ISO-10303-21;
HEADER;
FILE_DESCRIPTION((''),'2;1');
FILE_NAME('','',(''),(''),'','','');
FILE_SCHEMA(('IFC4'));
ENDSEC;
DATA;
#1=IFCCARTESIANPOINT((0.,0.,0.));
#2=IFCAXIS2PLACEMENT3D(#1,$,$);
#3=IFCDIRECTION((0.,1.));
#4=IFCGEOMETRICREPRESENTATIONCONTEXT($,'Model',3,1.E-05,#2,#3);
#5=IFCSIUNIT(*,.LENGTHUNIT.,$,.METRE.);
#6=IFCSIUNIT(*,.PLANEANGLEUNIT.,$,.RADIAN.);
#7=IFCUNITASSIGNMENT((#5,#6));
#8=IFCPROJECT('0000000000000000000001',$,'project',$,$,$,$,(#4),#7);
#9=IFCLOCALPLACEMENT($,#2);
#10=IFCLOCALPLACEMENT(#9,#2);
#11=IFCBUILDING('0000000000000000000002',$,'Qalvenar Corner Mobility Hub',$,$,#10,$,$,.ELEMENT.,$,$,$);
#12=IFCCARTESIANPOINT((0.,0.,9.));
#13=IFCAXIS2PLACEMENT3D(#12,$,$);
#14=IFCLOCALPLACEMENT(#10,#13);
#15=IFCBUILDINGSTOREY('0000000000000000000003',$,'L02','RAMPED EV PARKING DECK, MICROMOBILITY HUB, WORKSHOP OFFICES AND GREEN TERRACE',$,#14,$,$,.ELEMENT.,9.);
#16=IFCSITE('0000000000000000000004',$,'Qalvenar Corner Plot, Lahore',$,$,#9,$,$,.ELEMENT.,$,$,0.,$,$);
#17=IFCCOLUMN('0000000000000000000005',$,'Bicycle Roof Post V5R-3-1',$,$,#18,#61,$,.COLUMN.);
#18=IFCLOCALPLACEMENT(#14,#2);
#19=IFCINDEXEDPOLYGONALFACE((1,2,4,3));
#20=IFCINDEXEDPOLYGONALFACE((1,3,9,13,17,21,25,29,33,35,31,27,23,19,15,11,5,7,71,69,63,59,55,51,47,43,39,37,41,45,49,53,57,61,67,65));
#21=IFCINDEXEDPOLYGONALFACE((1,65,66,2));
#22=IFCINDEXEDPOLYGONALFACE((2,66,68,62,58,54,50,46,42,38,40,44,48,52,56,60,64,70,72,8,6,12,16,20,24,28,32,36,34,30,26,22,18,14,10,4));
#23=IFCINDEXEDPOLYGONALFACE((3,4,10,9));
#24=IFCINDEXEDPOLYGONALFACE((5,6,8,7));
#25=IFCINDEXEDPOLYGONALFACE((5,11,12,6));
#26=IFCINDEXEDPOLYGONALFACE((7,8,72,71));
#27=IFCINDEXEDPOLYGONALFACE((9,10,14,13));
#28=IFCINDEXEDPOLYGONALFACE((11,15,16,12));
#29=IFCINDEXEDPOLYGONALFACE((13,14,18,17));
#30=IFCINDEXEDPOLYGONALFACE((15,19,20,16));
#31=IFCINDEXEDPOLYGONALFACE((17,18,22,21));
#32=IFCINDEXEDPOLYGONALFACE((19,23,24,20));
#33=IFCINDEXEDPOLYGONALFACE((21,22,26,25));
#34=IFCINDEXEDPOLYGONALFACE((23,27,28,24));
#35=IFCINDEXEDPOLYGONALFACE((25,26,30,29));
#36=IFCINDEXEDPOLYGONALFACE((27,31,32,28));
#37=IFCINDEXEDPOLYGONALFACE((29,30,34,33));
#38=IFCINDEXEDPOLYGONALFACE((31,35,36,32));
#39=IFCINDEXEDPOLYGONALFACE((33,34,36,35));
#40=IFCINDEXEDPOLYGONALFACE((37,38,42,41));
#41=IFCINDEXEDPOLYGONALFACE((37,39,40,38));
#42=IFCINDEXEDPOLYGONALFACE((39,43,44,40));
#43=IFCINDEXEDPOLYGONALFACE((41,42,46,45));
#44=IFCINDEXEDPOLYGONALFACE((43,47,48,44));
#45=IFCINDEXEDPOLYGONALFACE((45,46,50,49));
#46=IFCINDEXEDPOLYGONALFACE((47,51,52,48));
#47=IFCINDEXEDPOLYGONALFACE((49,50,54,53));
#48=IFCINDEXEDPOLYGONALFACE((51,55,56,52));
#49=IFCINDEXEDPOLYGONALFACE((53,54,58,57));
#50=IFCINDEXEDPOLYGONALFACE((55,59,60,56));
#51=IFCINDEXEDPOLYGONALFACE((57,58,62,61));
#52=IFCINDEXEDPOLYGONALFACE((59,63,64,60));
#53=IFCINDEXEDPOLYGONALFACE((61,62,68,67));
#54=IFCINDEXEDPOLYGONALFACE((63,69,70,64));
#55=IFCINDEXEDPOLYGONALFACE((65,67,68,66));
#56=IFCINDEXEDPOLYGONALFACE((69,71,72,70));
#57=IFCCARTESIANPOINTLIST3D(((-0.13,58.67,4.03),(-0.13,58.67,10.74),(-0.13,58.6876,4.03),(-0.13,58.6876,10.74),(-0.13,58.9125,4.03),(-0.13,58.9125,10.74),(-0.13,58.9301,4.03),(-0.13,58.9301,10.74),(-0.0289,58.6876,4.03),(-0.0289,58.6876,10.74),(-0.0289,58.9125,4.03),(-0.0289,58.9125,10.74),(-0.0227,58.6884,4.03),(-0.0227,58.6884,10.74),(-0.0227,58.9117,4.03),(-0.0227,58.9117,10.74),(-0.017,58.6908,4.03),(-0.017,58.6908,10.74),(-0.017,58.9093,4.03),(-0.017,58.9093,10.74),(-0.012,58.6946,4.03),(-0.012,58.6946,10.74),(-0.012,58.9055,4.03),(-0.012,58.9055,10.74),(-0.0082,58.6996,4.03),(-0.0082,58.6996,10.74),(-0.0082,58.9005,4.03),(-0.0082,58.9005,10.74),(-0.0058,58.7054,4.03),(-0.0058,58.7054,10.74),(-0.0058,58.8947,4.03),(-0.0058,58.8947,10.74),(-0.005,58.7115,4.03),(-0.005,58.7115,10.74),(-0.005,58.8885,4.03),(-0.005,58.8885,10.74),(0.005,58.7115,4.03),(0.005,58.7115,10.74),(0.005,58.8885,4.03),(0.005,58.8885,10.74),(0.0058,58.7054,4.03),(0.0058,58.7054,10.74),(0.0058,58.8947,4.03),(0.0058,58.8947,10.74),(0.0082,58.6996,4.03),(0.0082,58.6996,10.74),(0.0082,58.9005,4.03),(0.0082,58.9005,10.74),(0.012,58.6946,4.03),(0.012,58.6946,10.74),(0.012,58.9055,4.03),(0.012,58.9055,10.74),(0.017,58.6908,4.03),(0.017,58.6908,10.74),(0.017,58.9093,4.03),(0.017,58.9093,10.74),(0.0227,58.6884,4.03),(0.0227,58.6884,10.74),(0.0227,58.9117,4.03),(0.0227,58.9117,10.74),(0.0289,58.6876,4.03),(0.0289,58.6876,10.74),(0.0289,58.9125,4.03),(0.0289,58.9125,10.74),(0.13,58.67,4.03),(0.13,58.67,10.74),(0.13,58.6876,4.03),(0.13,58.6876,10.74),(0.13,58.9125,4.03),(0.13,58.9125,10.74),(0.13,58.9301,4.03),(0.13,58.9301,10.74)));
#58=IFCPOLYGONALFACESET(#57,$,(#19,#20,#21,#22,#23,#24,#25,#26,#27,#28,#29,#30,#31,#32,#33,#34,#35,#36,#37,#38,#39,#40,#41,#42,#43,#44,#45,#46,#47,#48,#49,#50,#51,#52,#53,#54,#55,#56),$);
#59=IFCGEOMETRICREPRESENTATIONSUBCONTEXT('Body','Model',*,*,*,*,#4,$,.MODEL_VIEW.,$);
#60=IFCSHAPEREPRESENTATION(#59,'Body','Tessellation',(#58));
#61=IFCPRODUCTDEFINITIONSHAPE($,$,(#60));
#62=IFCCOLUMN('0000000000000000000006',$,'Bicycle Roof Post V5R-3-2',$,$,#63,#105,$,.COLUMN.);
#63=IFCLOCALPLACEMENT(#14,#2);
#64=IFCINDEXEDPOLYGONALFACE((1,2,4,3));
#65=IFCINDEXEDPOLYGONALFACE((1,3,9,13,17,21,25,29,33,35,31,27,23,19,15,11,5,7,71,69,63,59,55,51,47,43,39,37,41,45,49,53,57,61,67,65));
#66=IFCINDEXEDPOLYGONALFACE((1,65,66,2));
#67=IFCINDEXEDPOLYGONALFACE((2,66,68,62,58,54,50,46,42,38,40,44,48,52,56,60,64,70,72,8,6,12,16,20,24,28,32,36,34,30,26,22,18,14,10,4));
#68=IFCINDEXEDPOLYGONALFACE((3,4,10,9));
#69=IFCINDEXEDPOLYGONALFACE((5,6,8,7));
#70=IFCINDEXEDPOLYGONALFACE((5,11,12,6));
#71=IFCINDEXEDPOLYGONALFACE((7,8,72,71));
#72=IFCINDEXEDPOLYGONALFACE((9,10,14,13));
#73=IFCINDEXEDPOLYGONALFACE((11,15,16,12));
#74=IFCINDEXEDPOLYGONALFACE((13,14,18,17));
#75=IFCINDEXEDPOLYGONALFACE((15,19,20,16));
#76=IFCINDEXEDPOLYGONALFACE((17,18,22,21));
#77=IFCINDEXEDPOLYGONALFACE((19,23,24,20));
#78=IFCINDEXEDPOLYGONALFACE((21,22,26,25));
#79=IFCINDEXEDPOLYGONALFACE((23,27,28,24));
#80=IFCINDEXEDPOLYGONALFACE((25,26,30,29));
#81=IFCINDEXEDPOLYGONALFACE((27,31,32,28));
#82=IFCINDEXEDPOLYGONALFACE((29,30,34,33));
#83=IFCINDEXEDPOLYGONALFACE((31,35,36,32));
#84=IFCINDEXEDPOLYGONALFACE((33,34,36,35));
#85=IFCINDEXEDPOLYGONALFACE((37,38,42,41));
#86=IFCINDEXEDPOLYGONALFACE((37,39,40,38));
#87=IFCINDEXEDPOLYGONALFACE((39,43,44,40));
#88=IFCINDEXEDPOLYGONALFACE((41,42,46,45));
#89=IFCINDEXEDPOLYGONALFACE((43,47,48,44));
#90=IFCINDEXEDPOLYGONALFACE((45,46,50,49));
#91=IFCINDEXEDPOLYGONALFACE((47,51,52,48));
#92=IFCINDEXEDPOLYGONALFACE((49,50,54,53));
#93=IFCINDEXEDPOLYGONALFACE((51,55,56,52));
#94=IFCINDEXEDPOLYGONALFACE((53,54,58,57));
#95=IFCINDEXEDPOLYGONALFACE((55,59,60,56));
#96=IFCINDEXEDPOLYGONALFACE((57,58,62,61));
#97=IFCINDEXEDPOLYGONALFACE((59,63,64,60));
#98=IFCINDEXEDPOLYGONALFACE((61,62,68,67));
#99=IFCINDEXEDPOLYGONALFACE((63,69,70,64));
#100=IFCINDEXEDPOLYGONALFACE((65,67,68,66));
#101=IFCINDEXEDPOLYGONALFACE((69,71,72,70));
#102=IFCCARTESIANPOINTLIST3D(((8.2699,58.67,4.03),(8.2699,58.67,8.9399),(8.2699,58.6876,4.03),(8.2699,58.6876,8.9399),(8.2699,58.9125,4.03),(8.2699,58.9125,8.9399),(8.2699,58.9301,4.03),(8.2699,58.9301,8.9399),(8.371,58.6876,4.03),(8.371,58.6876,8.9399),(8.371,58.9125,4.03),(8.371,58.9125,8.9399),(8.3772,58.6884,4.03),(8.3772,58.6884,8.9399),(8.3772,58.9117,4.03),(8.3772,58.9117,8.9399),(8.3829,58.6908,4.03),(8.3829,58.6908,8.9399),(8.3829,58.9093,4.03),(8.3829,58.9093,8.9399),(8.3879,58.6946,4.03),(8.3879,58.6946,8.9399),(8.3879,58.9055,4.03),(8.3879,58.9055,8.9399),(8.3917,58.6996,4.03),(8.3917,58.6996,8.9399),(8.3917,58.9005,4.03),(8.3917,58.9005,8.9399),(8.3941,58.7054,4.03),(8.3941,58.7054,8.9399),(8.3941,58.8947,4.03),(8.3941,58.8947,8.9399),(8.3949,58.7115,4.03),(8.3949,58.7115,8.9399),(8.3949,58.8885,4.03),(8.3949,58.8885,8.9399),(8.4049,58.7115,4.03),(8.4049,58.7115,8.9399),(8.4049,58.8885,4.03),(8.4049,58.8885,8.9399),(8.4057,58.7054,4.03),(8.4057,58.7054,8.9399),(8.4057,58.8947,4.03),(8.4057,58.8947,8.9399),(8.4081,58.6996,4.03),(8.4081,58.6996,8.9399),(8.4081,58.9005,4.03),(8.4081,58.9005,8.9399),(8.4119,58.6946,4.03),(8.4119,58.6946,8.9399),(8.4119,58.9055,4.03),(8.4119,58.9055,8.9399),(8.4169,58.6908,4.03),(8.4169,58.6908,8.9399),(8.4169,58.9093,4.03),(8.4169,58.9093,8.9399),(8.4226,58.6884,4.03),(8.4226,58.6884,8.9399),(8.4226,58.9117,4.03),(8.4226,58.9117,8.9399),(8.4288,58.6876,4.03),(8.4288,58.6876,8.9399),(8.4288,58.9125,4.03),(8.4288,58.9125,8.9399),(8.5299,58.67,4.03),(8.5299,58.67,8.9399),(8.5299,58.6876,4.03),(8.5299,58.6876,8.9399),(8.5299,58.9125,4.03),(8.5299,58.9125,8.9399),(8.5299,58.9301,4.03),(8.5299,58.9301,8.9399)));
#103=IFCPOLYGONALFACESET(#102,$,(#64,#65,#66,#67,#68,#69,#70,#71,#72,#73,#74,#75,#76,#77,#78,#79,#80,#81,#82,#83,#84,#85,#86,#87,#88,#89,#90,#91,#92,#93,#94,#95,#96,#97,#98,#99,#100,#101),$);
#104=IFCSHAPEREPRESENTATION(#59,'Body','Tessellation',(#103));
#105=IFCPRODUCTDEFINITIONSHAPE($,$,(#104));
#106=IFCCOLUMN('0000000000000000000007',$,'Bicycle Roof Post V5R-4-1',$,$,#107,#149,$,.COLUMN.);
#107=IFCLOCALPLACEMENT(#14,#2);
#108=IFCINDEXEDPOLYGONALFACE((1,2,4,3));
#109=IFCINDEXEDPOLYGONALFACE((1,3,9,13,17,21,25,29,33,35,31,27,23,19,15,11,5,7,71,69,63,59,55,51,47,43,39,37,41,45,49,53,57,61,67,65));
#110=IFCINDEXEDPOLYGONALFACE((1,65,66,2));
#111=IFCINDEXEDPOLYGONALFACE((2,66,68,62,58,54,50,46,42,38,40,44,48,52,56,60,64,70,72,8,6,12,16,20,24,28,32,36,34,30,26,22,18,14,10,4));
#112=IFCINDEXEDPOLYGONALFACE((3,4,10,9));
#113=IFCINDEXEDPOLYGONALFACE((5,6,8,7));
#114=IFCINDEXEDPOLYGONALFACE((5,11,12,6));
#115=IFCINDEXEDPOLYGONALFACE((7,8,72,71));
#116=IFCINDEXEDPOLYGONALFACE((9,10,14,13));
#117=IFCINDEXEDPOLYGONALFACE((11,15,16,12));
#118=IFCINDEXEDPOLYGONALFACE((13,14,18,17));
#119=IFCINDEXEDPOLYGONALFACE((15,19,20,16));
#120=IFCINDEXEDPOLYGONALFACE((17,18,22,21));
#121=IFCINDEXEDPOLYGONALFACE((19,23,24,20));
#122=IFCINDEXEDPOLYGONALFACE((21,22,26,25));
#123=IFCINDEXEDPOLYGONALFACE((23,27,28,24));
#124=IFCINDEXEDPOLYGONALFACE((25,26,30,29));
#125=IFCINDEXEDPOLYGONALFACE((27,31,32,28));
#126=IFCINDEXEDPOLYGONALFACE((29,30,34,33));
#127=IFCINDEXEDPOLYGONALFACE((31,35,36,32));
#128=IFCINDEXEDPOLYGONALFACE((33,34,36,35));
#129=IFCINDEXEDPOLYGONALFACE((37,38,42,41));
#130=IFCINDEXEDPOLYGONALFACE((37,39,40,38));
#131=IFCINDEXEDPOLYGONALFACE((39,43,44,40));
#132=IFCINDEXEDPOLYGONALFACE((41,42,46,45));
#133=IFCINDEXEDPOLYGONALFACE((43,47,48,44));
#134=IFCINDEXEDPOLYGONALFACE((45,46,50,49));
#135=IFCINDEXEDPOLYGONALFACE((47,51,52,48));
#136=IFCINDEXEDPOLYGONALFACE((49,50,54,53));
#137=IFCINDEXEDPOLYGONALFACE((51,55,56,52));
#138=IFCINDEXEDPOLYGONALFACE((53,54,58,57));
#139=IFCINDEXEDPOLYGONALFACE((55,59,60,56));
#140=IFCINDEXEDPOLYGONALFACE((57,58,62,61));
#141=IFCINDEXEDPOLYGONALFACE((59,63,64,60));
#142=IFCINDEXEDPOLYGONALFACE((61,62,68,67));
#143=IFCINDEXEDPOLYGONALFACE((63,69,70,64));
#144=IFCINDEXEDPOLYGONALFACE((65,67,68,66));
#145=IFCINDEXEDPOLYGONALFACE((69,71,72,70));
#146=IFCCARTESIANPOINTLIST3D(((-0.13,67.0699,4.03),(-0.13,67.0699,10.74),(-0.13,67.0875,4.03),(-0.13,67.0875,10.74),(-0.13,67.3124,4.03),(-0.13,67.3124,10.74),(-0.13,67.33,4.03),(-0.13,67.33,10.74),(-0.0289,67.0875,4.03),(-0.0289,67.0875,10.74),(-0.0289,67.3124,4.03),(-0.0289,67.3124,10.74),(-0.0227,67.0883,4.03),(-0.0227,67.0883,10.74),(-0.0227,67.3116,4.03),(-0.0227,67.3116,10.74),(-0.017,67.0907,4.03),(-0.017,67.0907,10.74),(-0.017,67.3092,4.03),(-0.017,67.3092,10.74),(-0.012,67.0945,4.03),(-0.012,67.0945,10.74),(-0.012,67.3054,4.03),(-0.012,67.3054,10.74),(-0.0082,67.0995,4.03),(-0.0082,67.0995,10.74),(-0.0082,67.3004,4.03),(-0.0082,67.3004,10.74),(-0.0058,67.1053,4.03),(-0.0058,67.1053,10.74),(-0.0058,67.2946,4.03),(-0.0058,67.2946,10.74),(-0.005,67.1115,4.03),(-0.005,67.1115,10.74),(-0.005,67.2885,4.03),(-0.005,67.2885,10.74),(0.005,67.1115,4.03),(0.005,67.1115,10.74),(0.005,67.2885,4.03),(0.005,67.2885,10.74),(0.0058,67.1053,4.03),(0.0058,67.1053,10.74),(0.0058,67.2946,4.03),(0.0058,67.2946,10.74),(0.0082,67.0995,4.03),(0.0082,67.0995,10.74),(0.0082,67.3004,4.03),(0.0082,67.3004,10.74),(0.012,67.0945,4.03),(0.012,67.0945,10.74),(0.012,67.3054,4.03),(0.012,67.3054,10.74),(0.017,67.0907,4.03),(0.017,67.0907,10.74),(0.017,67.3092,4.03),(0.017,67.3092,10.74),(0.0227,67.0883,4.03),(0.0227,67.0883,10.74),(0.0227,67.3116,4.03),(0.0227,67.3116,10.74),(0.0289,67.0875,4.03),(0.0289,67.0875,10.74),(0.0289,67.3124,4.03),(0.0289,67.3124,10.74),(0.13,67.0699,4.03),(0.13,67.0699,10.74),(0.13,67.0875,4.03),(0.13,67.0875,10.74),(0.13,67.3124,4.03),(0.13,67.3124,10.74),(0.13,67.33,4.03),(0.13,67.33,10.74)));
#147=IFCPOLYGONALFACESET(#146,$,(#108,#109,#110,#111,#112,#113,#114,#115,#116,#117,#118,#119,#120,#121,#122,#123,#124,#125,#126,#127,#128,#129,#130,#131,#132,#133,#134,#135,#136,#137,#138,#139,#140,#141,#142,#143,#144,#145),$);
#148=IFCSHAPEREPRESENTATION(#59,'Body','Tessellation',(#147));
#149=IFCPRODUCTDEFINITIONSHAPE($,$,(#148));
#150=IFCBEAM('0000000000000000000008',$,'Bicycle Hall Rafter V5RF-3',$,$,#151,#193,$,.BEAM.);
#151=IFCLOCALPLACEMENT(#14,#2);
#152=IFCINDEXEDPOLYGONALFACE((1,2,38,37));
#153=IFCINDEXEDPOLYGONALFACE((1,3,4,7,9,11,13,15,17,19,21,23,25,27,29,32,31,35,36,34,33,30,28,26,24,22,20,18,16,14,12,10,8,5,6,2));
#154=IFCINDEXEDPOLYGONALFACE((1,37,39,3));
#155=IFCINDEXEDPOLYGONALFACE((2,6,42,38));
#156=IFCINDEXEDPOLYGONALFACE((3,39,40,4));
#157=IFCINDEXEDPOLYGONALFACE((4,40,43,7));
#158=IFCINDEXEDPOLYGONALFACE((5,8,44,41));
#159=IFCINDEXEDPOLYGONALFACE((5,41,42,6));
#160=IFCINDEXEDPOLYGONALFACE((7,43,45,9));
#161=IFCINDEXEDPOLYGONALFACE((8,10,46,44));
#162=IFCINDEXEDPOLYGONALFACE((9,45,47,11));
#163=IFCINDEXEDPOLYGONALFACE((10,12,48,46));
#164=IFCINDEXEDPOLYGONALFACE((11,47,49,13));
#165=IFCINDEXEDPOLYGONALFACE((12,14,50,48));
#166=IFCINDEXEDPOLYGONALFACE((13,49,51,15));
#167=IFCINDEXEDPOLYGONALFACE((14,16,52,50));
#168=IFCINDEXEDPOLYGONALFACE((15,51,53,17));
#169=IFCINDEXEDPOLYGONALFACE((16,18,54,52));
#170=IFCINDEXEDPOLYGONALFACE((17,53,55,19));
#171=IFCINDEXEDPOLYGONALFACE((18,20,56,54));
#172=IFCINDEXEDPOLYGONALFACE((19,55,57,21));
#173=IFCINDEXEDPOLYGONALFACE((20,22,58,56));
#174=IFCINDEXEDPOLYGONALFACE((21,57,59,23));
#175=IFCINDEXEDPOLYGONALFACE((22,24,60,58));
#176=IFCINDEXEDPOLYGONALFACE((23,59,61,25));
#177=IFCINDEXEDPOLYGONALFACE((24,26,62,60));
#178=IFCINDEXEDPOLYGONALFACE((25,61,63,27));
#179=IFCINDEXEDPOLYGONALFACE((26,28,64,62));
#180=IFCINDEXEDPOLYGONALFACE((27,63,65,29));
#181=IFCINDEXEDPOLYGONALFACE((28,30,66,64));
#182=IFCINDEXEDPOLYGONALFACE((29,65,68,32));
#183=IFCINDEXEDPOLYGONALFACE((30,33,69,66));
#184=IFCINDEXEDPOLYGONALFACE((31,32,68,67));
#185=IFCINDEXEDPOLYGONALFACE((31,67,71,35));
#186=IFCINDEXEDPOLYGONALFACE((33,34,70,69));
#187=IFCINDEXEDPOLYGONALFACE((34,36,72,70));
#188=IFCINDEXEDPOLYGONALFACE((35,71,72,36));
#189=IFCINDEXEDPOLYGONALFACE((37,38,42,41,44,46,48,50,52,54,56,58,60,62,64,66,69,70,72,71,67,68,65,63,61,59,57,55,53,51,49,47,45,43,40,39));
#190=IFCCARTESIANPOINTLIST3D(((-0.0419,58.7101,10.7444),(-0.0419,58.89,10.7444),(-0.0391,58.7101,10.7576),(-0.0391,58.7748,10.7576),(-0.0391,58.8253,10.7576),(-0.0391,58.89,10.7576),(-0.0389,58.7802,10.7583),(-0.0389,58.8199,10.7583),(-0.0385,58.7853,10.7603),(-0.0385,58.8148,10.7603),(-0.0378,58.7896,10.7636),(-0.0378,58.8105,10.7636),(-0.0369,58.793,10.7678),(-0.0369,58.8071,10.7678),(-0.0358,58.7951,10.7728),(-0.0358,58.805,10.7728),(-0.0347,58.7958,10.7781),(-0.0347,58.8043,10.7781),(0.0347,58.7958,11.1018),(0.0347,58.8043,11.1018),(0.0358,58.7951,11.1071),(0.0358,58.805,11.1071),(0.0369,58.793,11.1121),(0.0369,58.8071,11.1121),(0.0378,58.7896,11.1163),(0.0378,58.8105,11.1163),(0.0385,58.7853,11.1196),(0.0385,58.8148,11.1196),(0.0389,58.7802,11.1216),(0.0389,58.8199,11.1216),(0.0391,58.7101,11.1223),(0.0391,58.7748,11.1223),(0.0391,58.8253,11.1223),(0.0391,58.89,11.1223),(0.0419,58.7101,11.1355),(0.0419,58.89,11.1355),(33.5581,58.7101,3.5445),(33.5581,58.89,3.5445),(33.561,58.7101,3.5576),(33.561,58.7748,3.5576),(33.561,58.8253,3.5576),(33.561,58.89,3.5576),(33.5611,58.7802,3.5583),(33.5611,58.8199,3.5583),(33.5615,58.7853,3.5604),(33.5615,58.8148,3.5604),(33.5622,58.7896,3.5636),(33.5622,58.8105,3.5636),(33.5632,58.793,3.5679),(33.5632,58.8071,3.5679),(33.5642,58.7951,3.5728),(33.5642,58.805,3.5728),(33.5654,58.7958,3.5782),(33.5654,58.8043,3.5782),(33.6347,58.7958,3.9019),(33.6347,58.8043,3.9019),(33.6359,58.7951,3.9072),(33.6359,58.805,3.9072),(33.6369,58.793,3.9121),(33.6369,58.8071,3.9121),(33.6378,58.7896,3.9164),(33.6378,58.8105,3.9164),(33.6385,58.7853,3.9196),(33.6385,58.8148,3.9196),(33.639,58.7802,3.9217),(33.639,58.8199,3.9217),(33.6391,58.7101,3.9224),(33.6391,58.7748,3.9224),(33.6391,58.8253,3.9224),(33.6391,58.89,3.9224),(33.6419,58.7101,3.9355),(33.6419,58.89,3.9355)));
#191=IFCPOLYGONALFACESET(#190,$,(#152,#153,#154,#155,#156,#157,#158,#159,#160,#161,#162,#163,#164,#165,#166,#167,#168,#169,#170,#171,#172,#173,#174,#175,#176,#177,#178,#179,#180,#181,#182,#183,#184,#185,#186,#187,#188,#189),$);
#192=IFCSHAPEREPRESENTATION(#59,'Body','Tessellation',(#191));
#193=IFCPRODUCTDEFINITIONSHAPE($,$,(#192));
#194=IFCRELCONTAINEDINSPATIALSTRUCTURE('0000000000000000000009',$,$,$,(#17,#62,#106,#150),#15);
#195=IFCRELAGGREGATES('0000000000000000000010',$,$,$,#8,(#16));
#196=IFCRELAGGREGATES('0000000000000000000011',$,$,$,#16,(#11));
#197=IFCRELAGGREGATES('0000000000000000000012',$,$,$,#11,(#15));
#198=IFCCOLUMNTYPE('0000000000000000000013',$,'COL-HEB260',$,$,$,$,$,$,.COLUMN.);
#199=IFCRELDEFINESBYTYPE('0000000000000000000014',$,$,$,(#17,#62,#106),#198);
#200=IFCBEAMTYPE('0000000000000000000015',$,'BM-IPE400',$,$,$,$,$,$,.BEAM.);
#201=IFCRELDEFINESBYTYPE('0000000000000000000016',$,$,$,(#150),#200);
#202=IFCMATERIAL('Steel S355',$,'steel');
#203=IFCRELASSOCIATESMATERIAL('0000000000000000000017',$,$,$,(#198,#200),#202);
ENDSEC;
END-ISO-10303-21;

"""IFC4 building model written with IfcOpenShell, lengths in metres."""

from ifc_helpers import new_model, si_unit, direction, frame, origin, origin_2d, place, context, subcontext, project, spatial, i_section, extrude, material, material_profile, profile_set, type_object, element, save


model = new_model("IFC4")

# Units and contexts
model_context = context("Model", 3, precision=1e-05, world=origin(), true_north=direction((0.0, 1.0)))
body_context = subcontext(model_context, "Body", "Model", "MODEL_VIEW")
ifc_project = project(units=[si_unit("LENGTHUNIT", "METRE"), si_unit("PLANEANGLEUNIT", "RADIAN")], contexts=[model_context])

# Site, building, storey
site_placement = place(None, origin())
site = spatial("IfcSite", under=ifc_project, at=site_placement, Name="Qalvenar Corner Plot, Lahore", CompositionType="ELEMENT", RefElevation=0.0)
building_placement = place(site_placement, origin())
building = spatial("IfcBuilding", under=site, at=building_placement, Name="Qalvenar Corner Mobility Hub", CompositionType="ELEMENT")
storey_placement = place(building_placement, frame((0.0, 0.0, 9.0)))
storey = spatial("IfcBuildingStorey", under=building, at=storey_placement, Name="L02", Description="RAMPED EV PARKING DECK, MICROMOBILITY HUB, WORKSHOP OFFICES AND GREEN TERRACE", CompositionType="ELEMENT", Elevation=9.0)

# Columns
ifc_material_1 = material(Name="Steel S355", Category="steel")
ifc_material_profile_1 = material_profile(ifc_material_1, i_section(OverallWidth=0.26, OverallDepth=0.26, WebThickness=0.01, FlangeThickness=0.0176, FilletRadius=0.0239, at=origin_2d()), Name="HEB260")
ifc_profile_set_1 = profile_set([ifc_material_profile_1], Name="Steel S355")
column_type = type_object("IfcColumnType", Name="COL-HEB260", PredefinedType="COLUMN", material=ifc_profile_set_1)
column_1_placement = place(storey_placement, frame((0.0, 58.8, 4.03), z_axis=(0.0, 0.0, 1.0), x_axis=(1.0, 0.0, 0.0)))
element("IfcColumn", 1, at=column_1_placement, inside=storey, type_object=column_type, Name="Bicycle Roof Post V5R-3-1", PredefinedType="COLUMN", context=body_context, shape_type="SweptSolid", body=[
    extrude(i_section(OverallWidth=0.26, OverallDepth=0.26, WebThickness=0.01, FlangeThickness=0.0176, FilletRadius=0.0239, at=origin_2d()), origin(), (0.0, 0.0, 1.0), 6.71),
])
column_2_placement = place(storey_placement, frame((8.3999, 58.8, 4.03), z_axis=(0.0, 0.0, 1.0), x_axis=(1.0, 0.0, 0.0)))
element("IfcColumn", 2, at=column_2_placement, inside=storey, type_object=column_type, Name="Bicycle Roof Post V5R-3-2", PredefinedType="COLUMN", context=body_context, shape_type="SweptSolid", body=[
    extrude(i_section(OverallWidth=0.26, OverallDepth=0.26, WebThickness=0.01, FlangeThickness=0.0176, FilletRadius=0.0239, at=origin_2d()), origin(), (0.0, 0.0, 1.0), 4.9099),
])
column_3_placement = place(storey_placement, frame((0.0, 67.2, 4.03), z_axis=(0.0, 0.0, 1.0), x_axis=(1.0, 0.0, 0.0)))
element("IfcColumn", 3, at=column_3_placement, inside=storey, type_object=column_type, Name="Bicycle Roof Post V5R-4-1", PredefinedType="COLUMN", context=body_context, shape_type="SweptSolid", body=[
    extrude(i_section(OverallWidth=0.26, OverallDepth=0.26, WebThickness=0.01, FlangeThickness=0.0176, FilletRadius=0.0239, at=origin_2d()), origin(), (0.0, 0.0, 1.0), 6.71),
])

# Beam
ifc_material_profile_2 = material_profile(ifc_material_1, i_section(OverallWidth=0.1799, OverallDepth=0.3999, WebThickness=0.0085, FlangeThickness=0.0134, FilletRadius=0.021, at=origin_2d()), Name="IPE400")
ifc_profile_set_2 = profile_set([ifc_material_profile_2], Name="Steel S355")
beam_type = type_object("IfcBeamType", Name="BM-IPE400", PredefinedType="BEAM", material=ifc_profile_set_2)
for number, where, z_axis, x_axis, name in (
    (4, (0.0, 58.8, 10.9399), (0.977803, 0.0, -0.209527), (0.0, 1.0, 0.0), "Bicycle Hall Rafter V5RF-3"),
):
    element("IfcBeam", number, at=place(storey_placement, frame(where, z_axis=z_axis, x_axis=x_axis)), inside=storey, type_object=beam_type, Name=name, PredefinedType="BEAM", context=body_context, shape_type="SweptSolid", body=[
        extrude(i_section(OverallWidth=0.1799, OverallDepth=0.3999, WebThickness=0.0085, FlangeThickness=0.0134, FilletRadius=0.021, at=origin_2d()), origin(), (0.0, 0.0, 1.0), 34.3628),
    ])

save(model, "model.ifc")
